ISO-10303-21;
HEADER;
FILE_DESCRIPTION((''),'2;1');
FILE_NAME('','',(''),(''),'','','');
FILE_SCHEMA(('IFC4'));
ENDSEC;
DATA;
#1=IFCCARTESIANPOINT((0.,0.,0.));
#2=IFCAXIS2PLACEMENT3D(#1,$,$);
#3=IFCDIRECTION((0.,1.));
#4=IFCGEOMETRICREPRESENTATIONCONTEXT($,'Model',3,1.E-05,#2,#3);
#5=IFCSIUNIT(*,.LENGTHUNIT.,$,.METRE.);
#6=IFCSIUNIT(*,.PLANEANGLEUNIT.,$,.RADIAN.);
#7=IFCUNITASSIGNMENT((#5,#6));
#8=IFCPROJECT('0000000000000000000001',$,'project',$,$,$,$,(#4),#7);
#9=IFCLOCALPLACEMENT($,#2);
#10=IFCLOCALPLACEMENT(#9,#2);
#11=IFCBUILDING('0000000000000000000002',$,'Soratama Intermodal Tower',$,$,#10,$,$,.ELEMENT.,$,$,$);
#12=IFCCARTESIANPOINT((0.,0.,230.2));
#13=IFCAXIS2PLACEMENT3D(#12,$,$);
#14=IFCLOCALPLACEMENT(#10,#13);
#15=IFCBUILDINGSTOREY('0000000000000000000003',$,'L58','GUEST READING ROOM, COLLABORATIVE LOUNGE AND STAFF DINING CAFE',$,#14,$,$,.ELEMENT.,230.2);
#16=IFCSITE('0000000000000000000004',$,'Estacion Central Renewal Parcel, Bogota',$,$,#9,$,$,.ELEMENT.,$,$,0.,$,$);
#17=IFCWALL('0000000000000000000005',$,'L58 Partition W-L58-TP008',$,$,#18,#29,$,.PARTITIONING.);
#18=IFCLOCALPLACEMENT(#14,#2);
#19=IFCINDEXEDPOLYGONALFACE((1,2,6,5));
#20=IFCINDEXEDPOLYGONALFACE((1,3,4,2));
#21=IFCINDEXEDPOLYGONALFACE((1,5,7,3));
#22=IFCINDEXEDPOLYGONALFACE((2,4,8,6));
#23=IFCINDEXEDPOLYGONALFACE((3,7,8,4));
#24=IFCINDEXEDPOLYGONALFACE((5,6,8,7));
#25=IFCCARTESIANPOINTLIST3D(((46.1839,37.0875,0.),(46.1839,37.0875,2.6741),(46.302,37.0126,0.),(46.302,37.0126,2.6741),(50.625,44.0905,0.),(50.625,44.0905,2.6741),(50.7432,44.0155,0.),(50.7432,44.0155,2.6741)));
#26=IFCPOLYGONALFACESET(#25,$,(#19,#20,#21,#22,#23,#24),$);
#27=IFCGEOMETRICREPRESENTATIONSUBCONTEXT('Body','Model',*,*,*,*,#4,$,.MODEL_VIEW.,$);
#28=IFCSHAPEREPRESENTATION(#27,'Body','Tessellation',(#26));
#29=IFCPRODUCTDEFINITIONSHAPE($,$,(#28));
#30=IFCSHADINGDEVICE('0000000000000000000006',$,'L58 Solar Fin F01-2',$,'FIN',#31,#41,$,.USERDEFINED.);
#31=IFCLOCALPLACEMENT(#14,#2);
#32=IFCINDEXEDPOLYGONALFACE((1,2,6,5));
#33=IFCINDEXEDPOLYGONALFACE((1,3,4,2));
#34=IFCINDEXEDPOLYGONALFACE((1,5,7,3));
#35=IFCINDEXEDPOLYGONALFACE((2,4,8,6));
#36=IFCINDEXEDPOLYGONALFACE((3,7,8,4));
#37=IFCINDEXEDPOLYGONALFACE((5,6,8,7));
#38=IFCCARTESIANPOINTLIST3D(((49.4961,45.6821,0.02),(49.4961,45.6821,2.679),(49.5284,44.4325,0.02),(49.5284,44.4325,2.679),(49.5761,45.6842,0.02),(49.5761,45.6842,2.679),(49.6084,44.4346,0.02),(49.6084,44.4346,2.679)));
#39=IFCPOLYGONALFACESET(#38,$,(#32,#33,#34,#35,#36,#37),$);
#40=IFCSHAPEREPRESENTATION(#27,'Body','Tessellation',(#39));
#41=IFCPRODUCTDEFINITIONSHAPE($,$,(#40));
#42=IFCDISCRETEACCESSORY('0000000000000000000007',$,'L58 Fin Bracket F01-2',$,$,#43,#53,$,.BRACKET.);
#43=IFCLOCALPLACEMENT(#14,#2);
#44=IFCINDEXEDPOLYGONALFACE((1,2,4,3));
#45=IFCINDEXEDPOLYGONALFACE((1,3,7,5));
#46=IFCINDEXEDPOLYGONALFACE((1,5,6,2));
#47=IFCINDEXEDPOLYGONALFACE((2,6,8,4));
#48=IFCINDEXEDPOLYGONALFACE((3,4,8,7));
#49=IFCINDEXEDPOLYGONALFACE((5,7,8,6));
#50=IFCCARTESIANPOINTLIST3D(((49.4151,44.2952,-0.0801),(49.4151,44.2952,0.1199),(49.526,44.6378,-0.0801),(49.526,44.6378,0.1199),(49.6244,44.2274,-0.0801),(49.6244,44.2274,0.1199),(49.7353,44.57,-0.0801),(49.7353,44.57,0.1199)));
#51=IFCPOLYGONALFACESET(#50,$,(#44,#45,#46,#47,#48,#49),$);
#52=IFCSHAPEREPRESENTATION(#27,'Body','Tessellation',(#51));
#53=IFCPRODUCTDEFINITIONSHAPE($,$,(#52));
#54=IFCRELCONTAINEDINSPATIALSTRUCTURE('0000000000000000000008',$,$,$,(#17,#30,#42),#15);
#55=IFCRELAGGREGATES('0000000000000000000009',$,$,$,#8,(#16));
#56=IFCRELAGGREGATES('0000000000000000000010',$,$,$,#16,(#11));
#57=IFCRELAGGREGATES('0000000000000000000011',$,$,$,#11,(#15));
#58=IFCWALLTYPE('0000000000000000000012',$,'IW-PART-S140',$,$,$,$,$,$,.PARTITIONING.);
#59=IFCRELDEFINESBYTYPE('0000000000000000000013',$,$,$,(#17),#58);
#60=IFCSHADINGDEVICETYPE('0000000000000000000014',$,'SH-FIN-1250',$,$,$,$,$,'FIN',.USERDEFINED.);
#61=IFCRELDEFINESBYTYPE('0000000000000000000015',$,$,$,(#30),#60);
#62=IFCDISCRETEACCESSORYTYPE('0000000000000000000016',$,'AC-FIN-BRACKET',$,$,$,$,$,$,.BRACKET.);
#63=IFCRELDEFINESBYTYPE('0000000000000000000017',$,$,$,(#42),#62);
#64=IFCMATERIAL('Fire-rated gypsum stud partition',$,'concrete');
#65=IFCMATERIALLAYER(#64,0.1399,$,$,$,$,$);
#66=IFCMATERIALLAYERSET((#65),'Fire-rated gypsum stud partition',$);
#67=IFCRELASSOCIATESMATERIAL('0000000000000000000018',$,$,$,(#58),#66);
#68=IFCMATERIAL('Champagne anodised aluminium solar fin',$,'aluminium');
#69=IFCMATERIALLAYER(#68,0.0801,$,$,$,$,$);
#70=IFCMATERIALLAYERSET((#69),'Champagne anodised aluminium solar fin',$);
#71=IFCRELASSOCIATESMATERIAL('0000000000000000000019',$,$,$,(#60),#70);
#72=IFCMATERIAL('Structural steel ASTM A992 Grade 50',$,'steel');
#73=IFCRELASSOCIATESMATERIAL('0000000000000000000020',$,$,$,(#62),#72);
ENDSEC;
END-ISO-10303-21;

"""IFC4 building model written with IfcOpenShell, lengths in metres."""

from ifc_helpers import new_model, si_unit, direction, frame, frame_2d, origin, origin_2d, place, context, subcontext, project, spatial, rectangle, extrude, material, layer, layer_set, type_object, element, save


model = new_model("IFC4")

# Units and contexts
model_context = context("Model", 3, precision=1e-05, world=origin(), true_north=direction((0.0, 1.0)))
body_context = subcontext(model_context, "Body", "Model", "MODEL_VIEW")
ifc_project = project(units=[si_unit("LENGTHUNIT", "METRE"), si_unit("PLANEANGLEUNIT", "RADIAN")], contexts=[model_context])

# Site, building, storey
site_placement = place(None, origin())
site = spatial("IfcSite", under=ifc_project, at=site_placement, Name="Estacion Central Renewal Parcel, Bogota", CompositionType="ELEMENT", RefElevation=0.0)
building_placement = place(site_placement, origin())
building = spatial("IfcBuilding", under=site, at=building_placement, Name="Soratama Intermodal Tower", CompositionType="ELEMENT")
storey_placement = place(building_placement, frame((0.0, 0.0, 230.2)))
storey = spatial("IfcBuildingStorey", under=building, at=storey_placement, Name="L58", Description="GUEST READING ROOM, COLLABORATIVE LOUNGE AND STAFF DINING CAFE", CompositionType="ELEMENT", Elevation=230.2)

# Wall
ifc_material_1 = material(Name="Fire-rated gypsum stud partition", Category="concrete")
ifc_layer_1 = layer(ifc_material_1, 0.1399)
ifc_layer_set_1 = layer_set([ifc_layer_1], Name="Fire-rated gypsum stud partition")
wall_type_1 = type_object("IfcWallType", Name="IW-PART-S140", PredefinedType="PARTITIONING", material=ifc_layer_set_1)
wall_1_placement = place(storey_placement, frame((46.2429, 37.05, 0.0), z_axis=(0.0, 0.0, 1.0), x_axis=(0.535566, 0.844493, 0.0)))
element("IfcWall", 1, at=wall_1_placement, inside=storey, type_object=wall_type_1, Name="L58 Partition W-L58-TP008", PredefinedType="PARTITIONING", context=body_context, shape_type="SweptSolid", body=[
    extrude(rectangle(XDim=8.2925, YDim=0.1399, at=frame_2d((4.1462, 0.0))), origin(), (0.0, 0.0, 1.0), 2.6741),
])

# Shading device
ifc_material_2 = material(Name="Champagne anodised aluminium solar fin", Category="aluminium")
ifc_layer_2 = layer(ifc_material_2, 0.0801)
ifc_layer_set_2 = layer_set([ifc_layer_2], Name="Champagne anodised aluminium solar fin")
shading_device_type = type_object("IfcShadingDeviceType", Name="SH-FIN-1250", ElementType="FIN", PredefinedType="USERDEFINED", material=ifc_layer_set_2)
shading_device_placement = place(storey_placement, frame((49.5522, 45.0583, 0.02), z_axis=(0.0, 0.0, 1.0), x_axis=(-0.025828, 0.999666, 0.0)))
element("IfcShadingDevice", 2, at=shading_device_placement, inside=storey, type_object=shading_device_type, Name="L58 Solar Fin F01-2", ObjectType="FIN", PredefinedType="USERDEFINED", context=body_context, shape_type="SweptSolid", body=[
    extrude(rectangle(XDim=1.25, YDim=0.0801, at=origin_2d()), origin(), (0.0, 0.0, 1.0), 2.6589),
])

# Discrete accessory
ifc_material_3 = material(Name="Structural steel ASTM A992 Grade 50", Category="steel")
discrete_accessory_type = type_object("IfcDiscreteAccessoryType", Name="AC-FIN-BRACKET", PredefinedType="BRACKET", material=ifc_material_3)
discrete_accessory_placement = place(storey_placement, frame((49.5752, 44.4326, -0.0801), z_axis=(0.0, 0.0, 1.0), x_axis=(0.308021, 0.95138, 0.0)))
element("IfcDiscreteAccessory", 3, at=discrete_accessory_placement, inside=storey, type_object=discrete_accessory_type, Name="L58 Fin Bracket F01-2", PredefinedType="BRACKET", context=body_context, shape_type="SweptSolid", body=[
    extrude(rectangle(XDim=0.3601, YDim=0.22, at=origin_2d()), origin(), (0.0, 0.0, 1.0), 0.2),
])

save(model, "model.ifc")
